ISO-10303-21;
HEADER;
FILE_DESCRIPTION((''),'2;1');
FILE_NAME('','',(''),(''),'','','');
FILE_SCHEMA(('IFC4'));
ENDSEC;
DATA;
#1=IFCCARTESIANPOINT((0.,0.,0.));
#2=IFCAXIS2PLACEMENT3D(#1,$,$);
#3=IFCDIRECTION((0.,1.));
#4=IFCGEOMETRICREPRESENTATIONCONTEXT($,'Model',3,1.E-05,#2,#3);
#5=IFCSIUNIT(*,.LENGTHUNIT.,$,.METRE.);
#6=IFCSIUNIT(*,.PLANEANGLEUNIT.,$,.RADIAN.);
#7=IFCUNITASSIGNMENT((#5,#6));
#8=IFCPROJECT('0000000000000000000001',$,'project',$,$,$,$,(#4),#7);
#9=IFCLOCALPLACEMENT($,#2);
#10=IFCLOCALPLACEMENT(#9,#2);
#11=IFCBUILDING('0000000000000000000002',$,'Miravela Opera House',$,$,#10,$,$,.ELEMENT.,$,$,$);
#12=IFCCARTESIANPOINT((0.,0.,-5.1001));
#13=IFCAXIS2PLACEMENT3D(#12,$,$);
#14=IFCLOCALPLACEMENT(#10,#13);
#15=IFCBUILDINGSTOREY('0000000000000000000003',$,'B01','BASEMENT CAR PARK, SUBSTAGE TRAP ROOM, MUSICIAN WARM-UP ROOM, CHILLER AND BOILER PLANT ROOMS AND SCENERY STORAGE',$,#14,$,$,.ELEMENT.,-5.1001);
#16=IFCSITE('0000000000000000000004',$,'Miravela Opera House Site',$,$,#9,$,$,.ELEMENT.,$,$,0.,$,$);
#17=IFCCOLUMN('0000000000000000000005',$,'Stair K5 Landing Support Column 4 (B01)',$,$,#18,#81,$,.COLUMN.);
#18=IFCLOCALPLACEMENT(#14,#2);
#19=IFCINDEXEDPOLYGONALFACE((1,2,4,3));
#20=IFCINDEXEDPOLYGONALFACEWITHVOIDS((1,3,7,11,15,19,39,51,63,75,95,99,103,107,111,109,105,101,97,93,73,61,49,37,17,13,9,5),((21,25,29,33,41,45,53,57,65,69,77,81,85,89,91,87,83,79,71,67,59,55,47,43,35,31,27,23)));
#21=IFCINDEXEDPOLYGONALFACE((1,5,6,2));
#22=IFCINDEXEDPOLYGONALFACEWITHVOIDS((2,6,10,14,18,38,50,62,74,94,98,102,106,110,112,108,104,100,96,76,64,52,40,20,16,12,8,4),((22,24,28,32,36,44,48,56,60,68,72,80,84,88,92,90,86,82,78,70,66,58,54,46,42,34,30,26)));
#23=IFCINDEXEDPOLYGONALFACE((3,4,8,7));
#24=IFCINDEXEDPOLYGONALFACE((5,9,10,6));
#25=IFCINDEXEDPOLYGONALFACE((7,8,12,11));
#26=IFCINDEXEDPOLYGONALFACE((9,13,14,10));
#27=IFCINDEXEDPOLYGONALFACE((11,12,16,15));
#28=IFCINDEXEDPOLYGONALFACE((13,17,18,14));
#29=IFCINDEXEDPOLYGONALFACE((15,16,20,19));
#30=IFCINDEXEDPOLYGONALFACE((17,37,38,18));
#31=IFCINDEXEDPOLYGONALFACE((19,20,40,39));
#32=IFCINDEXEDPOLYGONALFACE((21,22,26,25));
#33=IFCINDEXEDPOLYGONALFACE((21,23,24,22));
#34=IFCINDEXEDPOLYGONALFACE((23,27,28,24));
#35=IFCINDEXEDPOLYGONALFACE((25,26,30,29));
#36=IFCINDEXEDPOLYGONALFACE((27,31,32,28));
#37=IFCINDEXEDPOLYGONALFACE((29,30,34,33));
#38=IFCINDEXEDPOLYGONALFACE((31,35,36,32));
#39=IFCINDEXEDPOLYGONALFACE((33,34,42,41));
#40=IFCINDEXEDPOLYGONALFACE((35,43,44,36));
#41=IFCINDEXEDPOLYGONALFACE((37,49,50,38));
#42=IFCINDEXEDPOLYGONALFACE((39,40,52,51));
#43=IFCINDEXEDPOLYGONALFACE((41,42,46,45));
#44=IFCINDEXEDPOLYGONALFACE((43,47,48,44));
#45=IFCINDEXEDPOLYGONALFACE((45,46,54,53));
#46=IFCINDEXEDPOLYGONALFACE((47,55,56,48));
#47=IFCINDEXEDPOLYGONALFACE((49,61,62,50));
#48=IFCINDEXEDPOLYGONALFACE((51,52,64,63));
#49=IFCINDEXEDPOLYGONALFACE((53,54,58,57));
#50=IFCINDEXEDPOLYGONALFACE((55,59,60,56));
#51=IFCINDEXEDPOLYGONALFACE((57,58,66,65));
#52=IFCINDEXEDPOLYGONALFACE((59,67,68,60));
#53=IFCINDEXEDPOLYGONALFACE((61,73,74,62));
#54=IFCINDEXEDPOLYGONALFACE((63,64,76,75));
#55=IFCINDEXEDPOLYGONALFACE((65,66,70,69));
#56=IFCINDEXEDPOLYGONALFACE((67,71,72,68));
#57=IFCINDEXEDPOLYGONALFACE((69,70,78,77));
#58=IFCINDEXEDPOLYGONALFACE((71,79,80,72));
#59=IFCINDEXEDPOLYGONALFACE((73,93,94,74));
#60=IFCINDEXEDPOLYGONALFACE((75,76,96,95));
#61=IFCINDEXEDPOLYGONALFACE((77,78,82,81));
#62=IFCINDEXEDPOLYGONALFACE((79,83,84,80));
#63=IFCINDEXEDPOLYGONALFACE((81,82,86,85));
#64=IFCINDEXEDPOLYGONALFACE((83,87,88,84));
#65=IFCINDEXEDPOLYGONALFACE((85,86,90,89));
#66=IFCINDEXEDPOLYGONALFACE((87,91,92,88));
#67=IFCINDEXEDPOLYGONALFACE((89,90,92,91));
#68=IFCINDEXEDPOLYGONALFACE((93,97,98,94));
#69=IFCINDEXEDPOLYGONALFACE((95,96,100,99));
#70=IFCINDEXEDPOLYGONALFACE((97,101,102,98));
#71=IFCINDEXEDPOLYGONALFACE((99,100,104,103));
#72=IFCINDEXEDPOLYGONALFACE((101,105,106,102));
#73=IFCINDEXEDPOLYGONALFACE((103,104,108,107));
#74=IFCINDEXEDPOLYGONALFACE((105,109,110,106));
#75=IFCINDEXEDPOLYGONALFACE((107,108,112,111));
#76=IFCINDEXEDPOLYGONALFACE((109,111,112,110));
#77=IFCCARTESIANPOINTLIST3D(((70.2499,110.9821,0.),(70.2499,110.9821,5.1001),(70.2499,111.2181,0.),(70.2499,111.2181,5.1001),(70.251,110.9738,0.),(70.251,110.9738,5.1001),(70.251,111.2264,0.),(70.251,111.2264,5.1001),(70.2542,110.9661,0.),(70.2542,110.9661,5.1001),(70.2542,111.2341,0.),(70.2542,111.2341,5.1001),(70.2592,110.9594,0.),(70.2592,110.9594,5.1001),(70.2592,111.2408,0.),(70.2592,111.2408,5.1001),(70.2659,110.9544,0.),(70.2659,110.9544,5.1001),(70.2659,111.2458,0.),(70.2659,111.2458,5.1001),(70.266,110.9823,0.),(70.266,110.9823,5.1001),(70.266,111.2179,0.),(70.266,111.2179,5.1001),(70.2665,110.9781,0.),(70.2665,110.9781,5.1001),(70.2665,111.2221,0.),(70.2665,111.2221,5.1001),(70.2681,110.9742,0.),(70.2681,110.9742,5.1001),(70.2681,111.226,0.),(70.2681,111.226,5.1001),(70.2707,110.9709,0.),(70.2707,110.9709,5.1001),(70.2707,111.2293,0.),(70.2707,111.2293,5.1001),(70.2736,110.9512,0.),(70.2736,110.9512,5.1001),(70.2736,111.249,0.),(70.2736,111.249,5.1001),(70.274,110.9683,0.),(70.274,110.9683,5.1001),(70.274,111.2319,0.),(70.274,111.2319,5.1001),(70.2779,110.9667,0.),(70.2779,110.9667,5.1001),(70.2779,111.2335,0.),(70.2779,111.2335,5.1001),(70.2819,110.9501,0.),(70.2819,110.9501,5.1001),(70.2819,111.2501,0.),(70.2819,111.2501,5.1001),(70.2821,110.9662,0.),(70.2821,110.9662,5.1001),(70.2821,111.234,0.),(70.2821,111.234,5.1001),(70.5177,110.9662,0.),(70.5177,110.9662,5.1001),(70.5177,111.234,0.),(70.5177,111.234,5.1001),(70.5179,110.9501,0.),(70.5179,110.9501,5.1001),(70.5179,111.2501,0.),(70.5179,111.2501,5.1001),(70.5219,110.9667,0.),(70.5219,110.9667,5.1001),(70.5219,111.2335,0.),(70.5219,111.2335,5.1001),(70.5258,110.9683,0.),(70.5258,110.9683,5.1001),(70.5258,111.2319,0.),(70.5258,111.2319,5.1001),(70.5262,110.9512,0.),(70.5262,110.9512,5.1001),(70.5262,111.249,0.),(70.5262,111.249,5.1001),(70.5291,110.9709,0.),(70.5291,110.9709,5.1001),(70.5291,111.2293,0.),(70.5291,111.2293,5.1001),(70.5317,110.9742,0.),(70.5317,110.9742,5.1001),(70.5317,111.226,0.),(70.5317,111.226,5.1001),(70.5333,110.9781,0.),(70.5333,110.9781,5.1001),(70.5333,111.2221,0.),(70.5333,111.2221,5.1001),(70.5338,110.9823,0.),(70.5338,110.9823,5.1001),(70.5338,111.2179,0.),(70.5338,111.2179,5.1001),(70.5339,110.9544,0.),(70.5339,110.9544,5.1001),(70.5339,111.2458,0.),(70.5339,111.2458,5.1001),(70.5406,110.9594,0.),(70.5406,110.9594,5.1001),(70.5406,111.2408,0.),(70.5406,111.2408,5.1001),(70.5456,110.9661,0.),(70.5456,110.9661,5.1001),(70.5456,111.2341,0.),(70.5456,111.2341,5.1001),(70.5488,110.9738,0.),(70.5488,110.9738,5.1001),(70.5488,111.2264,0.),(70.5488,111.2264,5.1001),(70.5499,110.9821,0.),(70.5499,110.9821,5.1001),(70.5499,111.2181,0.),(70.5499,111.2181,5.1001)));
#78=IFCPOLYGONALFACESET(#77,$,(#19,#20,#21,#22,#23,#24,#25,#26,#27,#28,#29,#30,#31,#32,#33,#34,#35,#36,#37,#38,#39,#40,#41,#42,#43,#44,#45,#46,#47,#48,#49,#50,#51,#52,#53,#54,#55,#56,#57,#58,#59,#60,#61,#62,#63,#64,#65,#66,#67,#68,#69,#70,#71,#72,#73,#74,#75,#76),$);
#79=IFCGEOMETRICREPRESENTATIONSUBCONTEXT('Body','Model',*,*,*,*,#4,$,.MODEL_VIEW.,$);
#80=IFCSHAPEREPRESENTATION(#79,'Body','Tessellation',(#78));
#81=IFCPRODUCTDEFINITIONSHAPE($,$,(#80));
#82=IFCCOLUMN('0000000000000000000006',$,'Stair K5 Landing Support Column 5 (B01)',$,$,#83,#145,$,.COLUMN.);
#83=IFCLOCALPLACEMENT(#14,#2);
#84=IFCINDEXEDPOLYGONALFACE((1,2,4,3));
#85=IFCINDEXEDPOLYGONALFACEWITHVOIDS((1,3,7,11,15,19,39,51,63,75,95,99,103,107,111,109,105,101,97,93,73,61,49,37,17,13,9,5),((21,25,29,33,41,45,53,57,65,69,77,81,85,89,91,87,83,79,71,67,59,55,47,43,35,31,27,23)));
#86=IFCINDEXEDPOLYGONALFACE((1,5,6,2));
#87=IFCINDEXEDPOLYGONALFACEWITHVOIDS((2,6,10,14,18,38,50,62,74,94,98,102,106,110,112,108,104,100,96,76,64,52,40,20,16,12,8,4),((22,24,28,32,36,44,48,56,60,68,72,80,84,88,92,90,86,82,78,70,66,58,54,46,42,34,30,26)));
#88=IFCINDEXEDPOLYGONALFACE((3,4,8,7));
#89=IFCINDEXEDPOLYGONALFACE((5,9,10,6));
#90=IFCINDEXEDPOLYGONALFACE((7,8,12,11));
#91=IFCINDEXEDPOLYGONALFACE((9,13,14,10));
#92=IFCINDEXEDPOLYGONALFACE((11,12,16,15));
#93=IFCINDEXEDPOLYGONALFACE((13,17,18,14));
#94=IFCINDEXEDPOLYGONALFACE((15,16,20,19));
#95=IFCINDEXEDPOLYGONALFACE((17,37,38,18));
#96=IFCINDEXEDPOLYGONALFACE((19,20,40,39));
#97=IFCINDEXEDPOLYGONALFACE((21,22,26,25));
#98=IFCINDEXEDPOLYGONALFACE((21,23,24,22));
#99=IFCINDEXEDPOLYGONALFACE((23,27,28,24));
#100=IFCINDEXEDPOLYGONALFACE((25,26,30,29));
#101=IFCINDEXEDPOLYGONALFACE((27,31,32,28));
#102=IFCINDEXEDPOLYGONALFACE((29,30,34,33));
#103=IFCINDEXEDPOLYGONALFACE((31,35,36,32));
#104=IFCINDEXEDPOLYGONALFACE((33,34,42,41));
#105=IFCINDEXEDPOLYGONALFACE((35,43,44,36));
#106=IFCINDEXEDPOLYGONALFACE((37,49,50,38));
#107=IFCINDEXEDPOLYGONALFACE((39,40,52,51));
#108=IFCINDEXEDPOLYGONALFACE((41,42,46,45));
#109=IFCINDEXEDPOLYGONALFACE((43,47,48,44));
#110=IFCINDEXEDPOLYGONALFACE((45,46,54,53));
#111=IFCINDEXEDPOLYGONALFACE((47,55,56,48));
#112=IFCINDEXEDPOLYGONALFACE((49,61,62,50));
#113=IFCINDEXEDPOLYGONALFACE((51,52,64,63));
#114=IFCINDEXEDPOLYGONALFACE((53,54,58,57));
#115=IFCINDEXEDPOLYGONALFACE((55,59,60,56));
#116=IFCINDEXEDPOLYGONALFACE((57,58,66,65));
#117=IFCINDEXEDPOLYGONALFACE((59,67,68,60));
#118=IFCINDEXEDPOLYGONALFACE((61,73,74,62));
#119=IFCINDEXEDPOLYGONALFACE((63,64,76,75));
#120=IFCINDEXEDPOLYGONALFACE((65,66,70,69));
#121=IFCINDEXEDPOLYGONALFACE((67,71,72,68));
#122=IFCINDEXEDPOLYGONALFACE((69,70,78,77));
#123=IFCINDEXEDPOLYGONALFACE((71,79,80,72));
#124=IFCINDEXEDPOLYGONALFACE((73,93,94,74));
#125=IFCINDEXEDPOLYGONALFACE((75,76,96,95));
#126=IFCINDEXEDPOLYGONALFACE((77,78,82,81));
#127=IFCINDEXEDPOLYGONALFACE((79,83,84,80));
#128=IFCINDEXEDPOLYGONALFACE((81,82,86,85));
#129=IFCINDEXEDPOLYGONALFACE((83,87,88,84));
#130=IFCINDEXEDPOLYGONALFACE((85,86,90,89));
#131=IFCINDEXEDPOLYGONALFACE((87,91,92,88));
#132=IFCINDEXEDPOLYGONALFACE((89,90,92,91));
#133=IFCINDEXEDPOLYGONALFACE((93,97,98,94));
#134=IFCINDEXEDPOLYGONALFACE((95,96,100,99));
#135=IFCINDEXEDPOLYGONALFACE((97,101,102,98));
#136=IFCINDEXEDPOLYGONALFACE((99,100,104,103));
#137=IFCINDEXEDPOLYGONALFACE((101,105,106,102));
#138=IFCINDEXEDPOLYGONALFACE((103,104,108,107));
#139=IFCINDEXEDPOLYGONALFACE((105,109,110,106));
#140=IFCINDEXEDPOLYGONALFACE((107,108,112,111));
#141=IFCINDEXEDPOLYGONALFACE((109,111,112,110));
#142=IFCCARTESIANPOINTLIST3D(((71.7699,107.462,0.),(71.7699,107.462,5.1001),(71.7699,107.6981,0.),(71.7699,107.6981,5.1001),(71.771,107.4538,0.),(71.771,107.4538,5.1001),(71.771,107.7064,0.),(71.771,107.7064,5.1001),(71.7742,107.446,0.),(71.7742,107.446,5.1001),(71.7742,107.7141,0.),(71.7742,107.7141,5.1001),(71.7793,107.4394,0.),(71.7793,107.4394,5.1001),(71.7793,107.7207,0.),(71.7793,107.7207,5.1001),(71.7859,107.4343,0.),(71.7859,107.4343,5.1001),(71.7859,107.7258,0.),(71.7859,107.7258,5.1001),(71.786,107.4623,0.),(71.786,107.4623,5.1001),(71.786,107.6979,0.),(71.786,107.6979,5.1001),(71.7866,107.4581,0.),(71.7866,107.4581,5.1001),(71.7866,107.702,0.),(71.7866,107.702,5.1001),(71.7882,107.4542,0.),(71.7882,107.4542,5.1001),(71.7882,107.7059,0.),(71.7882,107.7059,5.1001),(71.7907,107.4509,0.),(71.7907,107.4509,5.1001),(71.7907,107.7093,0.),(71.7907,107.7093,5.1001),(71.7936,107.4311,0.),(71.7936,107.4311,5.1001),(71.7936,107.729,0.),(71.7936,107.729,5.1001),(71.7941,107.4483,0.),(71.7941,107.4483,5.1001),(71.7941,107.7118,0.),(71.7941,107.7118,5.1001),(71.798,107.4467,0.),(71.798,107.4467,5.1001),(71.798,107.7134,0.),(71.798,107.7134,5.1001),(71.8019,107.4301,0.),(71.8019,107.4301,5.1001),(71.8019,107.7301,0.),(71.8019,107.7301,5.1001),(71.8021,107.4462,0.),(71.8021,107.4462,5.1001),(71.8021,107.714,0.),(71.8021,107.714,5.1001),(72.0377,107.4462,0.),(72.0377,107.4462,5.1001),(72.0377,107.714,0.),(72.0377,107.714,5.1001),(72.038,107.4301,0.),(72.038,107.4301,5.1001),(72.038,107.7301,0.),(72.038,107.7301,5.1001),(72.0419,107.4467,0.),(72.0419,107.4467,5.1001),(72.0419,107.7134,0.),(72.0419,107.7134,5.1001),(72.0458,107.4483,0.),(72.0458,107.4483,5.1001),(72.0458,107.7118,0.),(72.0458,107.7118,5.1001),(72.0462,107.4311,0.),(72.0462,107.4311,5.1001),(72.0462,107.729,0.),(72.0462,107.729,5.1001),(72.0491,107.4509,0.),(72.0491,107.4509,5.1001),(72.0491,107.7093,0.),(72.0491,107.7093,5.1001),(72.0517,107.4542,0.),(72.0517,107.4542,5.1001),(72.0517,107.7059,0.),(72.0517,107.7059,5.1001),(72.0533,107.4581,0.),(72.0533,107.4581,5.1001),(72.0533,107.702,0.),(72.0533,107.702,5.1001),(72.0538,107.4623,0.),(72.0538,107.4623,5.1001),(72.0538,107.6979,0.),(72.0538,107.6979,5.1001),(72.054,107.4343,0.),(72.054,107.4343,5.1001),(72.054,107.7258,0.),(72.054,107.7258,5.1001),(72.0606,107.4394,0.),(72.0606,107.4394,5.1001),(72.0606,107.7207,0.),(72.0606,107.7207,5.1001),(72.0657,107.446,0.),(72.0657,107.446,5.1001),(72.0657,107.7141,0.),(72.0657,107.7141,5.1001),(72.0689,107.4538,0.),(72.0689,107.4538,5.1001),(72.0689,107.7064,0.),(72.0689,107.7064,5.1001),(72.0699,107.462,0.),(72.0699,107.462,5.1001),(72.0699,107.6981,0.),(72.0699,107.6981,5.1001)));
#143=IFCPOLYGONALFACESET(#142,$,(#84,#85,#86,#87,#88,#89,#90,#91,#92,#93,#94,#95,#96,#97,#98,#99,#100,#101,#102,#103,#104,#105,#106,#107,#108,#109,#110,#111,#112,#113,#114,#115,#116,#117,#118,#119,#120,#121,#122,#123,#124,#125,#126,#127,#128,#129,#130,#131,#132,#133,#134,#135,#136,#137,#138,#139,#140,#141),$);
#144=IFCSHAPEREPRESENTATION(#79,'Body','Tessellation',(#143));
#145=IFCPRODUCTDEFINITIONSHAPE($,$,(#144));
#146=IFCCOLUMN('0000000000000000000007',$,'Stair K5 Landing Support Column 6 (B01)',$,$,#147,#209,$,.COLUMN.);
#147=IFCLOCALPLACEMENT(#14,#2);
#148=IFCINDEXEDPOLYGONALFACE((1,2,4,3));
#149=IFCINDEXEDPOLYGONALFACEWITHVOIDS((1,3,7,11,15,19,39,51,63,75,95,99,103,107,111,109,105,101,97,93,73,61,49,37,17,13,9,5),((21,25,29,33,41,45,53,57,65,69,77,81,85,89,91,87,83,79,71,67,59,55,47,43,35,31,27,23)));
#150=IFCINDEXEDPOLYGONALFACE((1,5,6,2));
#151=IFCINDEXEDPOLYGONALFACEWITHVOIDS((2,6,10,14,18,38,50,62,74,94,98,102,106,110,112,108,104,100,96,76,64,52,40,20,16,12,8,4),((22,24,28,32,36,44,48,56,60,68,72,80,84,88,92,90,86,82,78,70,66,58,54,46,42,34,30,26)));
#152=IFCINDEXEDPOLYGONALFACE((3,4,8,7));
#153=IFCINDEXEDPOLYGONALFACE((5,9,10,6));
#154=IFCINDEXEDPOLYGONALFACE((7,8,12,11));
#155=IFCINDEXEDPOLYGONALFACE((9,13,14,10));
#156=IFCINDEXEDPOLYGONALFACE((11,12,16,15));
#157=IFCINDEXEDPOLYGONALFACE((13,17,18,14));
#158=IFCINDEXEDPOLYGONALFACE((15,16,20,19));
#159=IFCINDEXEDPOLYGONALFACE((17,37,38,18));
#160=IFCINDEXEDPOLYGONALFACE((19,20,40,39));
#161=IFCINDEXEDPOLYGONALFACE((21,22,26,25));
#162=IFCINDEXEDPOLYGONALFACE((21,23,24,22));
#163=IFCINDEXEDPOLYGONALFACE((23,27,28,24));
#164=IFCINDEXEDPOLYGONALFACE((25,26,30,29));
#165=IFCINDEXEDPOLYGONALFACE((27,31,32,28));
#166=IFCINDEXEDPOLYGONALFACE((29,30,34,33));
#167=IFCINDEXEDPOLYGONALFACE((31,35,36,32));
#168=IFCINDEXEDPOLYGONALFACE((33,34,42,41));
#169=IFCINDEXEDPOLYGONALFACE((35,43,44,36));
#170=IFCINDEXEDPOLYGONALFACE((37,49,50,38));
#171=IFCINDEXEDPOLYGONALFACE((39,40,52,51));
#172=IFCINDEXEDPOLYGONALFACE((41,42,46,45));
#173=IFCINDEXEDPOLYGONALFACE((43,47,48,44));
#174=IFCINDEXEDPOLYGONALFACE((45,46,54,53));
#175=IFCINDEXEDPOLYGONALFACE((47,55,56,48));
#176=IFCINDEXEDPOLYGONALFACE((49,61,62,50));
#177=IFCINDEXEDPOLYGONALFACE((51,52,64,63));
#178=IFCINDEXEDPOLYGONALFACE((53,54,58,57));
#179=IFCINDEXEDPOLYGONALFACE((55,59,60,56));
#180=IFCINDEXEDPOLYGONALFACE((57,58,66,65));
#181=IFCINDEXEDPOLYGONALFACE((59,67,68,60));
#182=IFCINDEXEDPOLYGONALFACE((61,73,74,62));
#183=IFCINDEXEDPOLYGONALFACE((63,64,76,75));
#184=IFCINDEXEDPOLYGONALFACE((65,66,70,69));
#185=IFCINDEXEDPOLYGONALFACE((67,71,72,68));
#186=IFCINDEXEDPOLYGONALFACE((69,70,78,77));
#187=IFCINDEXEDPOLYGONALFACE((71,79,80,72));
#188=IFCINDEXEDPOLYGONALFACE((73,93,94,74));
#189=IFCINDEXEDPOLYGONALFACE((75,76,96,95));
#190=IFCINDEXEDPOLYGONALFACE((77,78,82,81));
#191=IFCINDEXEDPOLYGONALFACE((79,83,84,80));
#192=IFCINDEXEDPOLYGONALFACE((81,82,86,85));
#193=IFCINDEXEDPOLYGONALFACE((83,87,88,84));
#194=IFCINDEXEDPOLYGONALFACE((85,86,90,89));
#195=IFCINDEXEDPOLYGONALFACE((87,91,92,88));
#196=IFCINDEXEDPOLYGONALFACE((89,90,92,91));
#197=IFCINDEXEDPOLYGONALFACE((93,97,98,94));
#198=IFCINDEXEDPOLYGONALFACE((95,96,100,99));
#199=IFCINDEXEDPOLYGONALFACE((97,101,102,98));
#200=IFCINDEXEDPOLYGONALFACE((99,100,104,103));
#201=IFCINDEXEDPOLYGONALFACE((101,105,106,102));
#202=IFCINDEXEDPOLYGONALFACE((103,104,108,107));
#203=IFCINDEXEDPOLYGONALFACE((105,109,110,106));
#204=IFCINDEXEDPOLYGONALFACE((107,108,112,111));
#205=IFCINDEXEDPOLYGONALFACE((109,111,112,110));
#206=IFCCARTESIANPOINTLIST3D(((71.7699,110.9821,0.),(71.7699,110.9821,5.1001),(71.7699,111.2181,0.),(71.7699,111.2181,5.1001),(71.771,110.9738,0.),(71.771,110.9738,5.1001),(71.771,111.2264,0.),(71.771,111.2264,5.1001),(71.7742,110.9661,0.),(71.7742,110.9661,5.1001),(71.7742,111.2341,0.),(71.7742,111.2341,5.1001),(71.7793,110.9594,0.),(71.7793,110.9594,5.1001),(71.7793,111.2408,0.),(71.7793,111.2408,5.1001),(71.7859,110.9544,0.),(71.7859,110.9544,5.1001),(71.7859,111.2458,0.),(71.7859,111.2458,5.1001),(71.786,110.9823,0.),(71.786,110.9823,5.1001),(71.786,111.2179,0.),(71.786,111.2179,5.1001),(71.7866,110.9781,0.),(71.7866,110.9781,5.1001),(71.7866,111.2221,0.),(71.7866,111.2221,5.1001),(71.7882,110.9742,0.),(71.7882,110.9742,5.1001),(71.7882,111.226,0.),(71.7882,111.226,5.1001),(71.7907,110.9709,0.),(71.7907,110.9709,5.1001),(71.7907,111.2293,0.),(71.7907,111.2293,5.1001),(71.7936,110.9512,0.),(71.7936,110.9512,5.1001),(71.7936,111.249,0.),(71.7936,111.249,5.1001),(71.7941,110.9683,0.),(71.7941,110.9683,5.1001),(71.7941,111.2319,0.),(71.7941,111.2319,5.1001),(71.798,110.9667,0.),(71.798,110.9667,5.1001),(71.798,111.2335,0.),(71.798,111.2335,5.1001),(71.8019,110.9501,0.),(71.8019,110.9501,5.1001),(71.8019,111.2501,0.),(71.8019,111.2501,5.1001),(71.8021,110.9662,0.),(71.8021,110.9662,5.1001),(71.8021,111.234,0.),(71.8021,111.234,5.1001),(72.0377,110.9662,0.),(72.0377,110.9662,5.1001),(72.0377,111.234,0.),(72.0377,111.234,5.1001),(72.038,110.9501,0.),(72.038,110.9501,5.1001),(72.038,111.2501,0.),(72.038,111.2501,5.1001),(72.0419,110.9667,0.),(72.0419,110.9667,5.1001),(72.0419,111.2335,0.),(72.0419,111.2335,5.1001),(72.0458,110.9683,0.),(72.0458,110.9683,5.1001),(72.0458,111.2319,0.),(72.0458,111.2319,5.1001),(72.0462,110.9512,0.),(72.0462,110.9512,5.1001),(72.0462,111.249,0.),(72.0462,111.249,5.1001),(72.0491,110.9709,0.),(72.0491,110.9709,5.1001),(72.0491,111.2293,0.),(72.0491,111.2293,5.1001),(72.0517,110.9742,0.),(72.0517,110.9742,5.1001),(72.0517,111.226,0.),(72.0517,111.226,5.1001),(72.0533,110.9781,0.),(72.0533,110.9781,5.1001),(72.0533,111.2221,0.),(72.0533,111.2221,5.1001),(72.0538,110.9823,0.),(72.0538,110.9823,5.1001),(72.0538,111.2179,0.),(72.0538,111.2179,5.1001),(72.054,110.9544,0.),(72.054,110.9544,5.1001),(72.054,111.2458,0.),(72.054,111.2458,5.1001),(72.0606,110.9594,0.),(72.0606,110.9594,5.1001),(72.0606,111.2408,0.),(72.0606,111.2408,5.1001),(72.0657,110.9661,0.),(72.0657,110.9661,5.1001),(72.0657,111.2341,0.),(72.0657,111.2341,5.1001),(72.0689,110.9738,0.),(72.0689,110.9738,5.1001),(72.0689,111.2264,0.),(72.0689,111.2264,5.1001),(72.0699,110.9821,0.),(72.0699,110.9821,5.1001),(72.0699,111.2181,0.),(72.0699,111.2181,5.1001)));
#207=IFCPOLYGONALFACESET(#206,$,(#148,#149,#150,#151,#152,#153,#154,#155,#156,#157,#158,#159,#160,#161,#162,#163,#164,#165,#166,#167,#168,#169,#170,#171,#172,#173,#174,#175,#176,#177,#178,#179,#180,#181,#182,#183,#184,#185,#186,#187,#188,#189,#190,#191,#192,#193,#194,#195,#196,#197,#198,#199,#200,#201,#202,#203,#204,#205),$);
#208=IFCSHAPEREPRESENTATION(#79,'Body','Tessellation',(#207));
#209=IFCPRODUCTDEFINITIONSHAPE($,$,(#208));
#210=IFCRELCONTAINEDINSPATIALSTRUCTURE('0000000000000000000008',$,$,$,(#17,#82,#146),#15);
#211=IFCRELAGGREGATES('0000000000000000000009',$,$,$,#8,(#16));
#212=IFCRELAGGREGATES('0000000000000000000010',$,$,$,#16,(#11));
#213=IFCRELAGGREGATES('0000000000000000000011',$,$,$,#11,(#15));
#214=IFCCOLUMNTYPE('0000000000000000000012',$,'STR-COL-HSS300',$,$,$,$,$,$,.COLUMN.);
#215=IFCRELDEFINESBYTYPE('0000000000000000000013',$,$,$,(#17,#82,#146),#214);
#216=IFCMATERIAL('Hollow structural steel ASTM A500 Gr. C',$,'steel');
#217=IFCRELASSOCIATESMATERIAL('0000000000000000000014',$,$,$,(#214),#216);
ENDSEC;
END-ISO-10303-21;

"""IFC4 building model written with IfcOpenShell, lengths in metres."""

from ifc_helpers import new_model, si_unit, direction, frame, origin, origin_2d, place, context, subcontext, project, spatial, hollow_rectangle, extrude, material, material_profile, profile_set, type_object, element, save


model = new_model("IFC4")

# Units and contexts
model_context = context("Model", 3, precision=1e-05, world=origin(), true_north=direction((0.0, 1.0)))
body_context = subcontext(model_context, "Body", "Model", "MODEL_VIEW")
ifc_project = project(units=[si_unit("LENGTHUNIT", "METRE"), si_unit("PLANEANGLEUNIT", "RADIAN")], contexts=[model_context])

# Site, building, storey
site_placement = place(None, origin())
site = spatial("IfcSite", under=ifc_project, at=site_placement, Name="Miravela Opera House Site", CompositionType="ELEMENT", RefElevation=0.0)
building_placement = place(site_placement, origin())
building = spatial("IfcBuilding", under=site, at=building_placement, Name="Miravela Opera House", CompositionType="ELEMENT")
storey_placement = place(building_placement, frame((0.0, 0.0, -5.1001)))
storey = spatial("IfcBuildingStorey", under=building, at=storey_placement, Name="B01", Description="BASEMENT CAR PARK, SUBSTAGE TRAP ROOM, MUSICIAN WARM-UP ROOM, CHILLER AND BOILER PLANT ROOMS AND SCENERY STORAGE", CompositionType="ELEMENT", Elevation=-5.1001)

# Columns
ifc_material_1 = material(Name="Hollow structural steel ASTM A500 Gr. C", Category="steel")
ifc_material_profile_1 = material_profile(ifc_material_1, hollow_rectangle(XDim=0.3, YDim=0.3, WallThickness=0.0161, InnerFilletRadius=0.0161, OuterFilletRadius=0.032, at=origin_2d()), Name="HSS300X300X16")
ifc_profile_set_1 = profile_set([ifc_material_profile_1])
column_type_1 = type_object("IfcColumnType", Name="STR-COL-HSS300", PredefinedType="COLUMN", material=ifc_profile_set_1)
for number, where, z_axis, x_axis, name in (
    (1, (70.3999, 111.1001, 0.0), (0.0, 0.0, 1.0), (1.0, 0.0, 0.0), "Stair K5 Landing Support Column 4 (B01)"),
    (2, (71.9199, 107.5801, 0.0), (0.0, 0.0, 1.0), (1.0, 0.0, 0.0), "Stair K5 Landing Support Column 5 (B01)"),
    (3, (71.9199, 111.1001, 0.0), (0.0, 0.0, 1.0), (1.0, 0.0, 0.0), "Stair K5 Landing Support Column 6 (B01)"),
):
    element("IfcColumn", number, at=place(storey_placement, frame(where, z_axis=z_axis, x_axis=x_axis)), inside=storey, type_object=column_type_1, Name=name, PredefinedType="COLUMN", context=body_context, shape_type="SweptSolid", body=[
        extrude(hollow_rectangle(XDim=0.3, YDim=0.3, WallThickness=0.0161, InnerFilletRadius=0.0161, OuterFilletRadius=0.032, at=origin_2d()), origin(), (0.0, 0.0, 1.0), 5.1001),
    ])

save(model, "model.ifc")
